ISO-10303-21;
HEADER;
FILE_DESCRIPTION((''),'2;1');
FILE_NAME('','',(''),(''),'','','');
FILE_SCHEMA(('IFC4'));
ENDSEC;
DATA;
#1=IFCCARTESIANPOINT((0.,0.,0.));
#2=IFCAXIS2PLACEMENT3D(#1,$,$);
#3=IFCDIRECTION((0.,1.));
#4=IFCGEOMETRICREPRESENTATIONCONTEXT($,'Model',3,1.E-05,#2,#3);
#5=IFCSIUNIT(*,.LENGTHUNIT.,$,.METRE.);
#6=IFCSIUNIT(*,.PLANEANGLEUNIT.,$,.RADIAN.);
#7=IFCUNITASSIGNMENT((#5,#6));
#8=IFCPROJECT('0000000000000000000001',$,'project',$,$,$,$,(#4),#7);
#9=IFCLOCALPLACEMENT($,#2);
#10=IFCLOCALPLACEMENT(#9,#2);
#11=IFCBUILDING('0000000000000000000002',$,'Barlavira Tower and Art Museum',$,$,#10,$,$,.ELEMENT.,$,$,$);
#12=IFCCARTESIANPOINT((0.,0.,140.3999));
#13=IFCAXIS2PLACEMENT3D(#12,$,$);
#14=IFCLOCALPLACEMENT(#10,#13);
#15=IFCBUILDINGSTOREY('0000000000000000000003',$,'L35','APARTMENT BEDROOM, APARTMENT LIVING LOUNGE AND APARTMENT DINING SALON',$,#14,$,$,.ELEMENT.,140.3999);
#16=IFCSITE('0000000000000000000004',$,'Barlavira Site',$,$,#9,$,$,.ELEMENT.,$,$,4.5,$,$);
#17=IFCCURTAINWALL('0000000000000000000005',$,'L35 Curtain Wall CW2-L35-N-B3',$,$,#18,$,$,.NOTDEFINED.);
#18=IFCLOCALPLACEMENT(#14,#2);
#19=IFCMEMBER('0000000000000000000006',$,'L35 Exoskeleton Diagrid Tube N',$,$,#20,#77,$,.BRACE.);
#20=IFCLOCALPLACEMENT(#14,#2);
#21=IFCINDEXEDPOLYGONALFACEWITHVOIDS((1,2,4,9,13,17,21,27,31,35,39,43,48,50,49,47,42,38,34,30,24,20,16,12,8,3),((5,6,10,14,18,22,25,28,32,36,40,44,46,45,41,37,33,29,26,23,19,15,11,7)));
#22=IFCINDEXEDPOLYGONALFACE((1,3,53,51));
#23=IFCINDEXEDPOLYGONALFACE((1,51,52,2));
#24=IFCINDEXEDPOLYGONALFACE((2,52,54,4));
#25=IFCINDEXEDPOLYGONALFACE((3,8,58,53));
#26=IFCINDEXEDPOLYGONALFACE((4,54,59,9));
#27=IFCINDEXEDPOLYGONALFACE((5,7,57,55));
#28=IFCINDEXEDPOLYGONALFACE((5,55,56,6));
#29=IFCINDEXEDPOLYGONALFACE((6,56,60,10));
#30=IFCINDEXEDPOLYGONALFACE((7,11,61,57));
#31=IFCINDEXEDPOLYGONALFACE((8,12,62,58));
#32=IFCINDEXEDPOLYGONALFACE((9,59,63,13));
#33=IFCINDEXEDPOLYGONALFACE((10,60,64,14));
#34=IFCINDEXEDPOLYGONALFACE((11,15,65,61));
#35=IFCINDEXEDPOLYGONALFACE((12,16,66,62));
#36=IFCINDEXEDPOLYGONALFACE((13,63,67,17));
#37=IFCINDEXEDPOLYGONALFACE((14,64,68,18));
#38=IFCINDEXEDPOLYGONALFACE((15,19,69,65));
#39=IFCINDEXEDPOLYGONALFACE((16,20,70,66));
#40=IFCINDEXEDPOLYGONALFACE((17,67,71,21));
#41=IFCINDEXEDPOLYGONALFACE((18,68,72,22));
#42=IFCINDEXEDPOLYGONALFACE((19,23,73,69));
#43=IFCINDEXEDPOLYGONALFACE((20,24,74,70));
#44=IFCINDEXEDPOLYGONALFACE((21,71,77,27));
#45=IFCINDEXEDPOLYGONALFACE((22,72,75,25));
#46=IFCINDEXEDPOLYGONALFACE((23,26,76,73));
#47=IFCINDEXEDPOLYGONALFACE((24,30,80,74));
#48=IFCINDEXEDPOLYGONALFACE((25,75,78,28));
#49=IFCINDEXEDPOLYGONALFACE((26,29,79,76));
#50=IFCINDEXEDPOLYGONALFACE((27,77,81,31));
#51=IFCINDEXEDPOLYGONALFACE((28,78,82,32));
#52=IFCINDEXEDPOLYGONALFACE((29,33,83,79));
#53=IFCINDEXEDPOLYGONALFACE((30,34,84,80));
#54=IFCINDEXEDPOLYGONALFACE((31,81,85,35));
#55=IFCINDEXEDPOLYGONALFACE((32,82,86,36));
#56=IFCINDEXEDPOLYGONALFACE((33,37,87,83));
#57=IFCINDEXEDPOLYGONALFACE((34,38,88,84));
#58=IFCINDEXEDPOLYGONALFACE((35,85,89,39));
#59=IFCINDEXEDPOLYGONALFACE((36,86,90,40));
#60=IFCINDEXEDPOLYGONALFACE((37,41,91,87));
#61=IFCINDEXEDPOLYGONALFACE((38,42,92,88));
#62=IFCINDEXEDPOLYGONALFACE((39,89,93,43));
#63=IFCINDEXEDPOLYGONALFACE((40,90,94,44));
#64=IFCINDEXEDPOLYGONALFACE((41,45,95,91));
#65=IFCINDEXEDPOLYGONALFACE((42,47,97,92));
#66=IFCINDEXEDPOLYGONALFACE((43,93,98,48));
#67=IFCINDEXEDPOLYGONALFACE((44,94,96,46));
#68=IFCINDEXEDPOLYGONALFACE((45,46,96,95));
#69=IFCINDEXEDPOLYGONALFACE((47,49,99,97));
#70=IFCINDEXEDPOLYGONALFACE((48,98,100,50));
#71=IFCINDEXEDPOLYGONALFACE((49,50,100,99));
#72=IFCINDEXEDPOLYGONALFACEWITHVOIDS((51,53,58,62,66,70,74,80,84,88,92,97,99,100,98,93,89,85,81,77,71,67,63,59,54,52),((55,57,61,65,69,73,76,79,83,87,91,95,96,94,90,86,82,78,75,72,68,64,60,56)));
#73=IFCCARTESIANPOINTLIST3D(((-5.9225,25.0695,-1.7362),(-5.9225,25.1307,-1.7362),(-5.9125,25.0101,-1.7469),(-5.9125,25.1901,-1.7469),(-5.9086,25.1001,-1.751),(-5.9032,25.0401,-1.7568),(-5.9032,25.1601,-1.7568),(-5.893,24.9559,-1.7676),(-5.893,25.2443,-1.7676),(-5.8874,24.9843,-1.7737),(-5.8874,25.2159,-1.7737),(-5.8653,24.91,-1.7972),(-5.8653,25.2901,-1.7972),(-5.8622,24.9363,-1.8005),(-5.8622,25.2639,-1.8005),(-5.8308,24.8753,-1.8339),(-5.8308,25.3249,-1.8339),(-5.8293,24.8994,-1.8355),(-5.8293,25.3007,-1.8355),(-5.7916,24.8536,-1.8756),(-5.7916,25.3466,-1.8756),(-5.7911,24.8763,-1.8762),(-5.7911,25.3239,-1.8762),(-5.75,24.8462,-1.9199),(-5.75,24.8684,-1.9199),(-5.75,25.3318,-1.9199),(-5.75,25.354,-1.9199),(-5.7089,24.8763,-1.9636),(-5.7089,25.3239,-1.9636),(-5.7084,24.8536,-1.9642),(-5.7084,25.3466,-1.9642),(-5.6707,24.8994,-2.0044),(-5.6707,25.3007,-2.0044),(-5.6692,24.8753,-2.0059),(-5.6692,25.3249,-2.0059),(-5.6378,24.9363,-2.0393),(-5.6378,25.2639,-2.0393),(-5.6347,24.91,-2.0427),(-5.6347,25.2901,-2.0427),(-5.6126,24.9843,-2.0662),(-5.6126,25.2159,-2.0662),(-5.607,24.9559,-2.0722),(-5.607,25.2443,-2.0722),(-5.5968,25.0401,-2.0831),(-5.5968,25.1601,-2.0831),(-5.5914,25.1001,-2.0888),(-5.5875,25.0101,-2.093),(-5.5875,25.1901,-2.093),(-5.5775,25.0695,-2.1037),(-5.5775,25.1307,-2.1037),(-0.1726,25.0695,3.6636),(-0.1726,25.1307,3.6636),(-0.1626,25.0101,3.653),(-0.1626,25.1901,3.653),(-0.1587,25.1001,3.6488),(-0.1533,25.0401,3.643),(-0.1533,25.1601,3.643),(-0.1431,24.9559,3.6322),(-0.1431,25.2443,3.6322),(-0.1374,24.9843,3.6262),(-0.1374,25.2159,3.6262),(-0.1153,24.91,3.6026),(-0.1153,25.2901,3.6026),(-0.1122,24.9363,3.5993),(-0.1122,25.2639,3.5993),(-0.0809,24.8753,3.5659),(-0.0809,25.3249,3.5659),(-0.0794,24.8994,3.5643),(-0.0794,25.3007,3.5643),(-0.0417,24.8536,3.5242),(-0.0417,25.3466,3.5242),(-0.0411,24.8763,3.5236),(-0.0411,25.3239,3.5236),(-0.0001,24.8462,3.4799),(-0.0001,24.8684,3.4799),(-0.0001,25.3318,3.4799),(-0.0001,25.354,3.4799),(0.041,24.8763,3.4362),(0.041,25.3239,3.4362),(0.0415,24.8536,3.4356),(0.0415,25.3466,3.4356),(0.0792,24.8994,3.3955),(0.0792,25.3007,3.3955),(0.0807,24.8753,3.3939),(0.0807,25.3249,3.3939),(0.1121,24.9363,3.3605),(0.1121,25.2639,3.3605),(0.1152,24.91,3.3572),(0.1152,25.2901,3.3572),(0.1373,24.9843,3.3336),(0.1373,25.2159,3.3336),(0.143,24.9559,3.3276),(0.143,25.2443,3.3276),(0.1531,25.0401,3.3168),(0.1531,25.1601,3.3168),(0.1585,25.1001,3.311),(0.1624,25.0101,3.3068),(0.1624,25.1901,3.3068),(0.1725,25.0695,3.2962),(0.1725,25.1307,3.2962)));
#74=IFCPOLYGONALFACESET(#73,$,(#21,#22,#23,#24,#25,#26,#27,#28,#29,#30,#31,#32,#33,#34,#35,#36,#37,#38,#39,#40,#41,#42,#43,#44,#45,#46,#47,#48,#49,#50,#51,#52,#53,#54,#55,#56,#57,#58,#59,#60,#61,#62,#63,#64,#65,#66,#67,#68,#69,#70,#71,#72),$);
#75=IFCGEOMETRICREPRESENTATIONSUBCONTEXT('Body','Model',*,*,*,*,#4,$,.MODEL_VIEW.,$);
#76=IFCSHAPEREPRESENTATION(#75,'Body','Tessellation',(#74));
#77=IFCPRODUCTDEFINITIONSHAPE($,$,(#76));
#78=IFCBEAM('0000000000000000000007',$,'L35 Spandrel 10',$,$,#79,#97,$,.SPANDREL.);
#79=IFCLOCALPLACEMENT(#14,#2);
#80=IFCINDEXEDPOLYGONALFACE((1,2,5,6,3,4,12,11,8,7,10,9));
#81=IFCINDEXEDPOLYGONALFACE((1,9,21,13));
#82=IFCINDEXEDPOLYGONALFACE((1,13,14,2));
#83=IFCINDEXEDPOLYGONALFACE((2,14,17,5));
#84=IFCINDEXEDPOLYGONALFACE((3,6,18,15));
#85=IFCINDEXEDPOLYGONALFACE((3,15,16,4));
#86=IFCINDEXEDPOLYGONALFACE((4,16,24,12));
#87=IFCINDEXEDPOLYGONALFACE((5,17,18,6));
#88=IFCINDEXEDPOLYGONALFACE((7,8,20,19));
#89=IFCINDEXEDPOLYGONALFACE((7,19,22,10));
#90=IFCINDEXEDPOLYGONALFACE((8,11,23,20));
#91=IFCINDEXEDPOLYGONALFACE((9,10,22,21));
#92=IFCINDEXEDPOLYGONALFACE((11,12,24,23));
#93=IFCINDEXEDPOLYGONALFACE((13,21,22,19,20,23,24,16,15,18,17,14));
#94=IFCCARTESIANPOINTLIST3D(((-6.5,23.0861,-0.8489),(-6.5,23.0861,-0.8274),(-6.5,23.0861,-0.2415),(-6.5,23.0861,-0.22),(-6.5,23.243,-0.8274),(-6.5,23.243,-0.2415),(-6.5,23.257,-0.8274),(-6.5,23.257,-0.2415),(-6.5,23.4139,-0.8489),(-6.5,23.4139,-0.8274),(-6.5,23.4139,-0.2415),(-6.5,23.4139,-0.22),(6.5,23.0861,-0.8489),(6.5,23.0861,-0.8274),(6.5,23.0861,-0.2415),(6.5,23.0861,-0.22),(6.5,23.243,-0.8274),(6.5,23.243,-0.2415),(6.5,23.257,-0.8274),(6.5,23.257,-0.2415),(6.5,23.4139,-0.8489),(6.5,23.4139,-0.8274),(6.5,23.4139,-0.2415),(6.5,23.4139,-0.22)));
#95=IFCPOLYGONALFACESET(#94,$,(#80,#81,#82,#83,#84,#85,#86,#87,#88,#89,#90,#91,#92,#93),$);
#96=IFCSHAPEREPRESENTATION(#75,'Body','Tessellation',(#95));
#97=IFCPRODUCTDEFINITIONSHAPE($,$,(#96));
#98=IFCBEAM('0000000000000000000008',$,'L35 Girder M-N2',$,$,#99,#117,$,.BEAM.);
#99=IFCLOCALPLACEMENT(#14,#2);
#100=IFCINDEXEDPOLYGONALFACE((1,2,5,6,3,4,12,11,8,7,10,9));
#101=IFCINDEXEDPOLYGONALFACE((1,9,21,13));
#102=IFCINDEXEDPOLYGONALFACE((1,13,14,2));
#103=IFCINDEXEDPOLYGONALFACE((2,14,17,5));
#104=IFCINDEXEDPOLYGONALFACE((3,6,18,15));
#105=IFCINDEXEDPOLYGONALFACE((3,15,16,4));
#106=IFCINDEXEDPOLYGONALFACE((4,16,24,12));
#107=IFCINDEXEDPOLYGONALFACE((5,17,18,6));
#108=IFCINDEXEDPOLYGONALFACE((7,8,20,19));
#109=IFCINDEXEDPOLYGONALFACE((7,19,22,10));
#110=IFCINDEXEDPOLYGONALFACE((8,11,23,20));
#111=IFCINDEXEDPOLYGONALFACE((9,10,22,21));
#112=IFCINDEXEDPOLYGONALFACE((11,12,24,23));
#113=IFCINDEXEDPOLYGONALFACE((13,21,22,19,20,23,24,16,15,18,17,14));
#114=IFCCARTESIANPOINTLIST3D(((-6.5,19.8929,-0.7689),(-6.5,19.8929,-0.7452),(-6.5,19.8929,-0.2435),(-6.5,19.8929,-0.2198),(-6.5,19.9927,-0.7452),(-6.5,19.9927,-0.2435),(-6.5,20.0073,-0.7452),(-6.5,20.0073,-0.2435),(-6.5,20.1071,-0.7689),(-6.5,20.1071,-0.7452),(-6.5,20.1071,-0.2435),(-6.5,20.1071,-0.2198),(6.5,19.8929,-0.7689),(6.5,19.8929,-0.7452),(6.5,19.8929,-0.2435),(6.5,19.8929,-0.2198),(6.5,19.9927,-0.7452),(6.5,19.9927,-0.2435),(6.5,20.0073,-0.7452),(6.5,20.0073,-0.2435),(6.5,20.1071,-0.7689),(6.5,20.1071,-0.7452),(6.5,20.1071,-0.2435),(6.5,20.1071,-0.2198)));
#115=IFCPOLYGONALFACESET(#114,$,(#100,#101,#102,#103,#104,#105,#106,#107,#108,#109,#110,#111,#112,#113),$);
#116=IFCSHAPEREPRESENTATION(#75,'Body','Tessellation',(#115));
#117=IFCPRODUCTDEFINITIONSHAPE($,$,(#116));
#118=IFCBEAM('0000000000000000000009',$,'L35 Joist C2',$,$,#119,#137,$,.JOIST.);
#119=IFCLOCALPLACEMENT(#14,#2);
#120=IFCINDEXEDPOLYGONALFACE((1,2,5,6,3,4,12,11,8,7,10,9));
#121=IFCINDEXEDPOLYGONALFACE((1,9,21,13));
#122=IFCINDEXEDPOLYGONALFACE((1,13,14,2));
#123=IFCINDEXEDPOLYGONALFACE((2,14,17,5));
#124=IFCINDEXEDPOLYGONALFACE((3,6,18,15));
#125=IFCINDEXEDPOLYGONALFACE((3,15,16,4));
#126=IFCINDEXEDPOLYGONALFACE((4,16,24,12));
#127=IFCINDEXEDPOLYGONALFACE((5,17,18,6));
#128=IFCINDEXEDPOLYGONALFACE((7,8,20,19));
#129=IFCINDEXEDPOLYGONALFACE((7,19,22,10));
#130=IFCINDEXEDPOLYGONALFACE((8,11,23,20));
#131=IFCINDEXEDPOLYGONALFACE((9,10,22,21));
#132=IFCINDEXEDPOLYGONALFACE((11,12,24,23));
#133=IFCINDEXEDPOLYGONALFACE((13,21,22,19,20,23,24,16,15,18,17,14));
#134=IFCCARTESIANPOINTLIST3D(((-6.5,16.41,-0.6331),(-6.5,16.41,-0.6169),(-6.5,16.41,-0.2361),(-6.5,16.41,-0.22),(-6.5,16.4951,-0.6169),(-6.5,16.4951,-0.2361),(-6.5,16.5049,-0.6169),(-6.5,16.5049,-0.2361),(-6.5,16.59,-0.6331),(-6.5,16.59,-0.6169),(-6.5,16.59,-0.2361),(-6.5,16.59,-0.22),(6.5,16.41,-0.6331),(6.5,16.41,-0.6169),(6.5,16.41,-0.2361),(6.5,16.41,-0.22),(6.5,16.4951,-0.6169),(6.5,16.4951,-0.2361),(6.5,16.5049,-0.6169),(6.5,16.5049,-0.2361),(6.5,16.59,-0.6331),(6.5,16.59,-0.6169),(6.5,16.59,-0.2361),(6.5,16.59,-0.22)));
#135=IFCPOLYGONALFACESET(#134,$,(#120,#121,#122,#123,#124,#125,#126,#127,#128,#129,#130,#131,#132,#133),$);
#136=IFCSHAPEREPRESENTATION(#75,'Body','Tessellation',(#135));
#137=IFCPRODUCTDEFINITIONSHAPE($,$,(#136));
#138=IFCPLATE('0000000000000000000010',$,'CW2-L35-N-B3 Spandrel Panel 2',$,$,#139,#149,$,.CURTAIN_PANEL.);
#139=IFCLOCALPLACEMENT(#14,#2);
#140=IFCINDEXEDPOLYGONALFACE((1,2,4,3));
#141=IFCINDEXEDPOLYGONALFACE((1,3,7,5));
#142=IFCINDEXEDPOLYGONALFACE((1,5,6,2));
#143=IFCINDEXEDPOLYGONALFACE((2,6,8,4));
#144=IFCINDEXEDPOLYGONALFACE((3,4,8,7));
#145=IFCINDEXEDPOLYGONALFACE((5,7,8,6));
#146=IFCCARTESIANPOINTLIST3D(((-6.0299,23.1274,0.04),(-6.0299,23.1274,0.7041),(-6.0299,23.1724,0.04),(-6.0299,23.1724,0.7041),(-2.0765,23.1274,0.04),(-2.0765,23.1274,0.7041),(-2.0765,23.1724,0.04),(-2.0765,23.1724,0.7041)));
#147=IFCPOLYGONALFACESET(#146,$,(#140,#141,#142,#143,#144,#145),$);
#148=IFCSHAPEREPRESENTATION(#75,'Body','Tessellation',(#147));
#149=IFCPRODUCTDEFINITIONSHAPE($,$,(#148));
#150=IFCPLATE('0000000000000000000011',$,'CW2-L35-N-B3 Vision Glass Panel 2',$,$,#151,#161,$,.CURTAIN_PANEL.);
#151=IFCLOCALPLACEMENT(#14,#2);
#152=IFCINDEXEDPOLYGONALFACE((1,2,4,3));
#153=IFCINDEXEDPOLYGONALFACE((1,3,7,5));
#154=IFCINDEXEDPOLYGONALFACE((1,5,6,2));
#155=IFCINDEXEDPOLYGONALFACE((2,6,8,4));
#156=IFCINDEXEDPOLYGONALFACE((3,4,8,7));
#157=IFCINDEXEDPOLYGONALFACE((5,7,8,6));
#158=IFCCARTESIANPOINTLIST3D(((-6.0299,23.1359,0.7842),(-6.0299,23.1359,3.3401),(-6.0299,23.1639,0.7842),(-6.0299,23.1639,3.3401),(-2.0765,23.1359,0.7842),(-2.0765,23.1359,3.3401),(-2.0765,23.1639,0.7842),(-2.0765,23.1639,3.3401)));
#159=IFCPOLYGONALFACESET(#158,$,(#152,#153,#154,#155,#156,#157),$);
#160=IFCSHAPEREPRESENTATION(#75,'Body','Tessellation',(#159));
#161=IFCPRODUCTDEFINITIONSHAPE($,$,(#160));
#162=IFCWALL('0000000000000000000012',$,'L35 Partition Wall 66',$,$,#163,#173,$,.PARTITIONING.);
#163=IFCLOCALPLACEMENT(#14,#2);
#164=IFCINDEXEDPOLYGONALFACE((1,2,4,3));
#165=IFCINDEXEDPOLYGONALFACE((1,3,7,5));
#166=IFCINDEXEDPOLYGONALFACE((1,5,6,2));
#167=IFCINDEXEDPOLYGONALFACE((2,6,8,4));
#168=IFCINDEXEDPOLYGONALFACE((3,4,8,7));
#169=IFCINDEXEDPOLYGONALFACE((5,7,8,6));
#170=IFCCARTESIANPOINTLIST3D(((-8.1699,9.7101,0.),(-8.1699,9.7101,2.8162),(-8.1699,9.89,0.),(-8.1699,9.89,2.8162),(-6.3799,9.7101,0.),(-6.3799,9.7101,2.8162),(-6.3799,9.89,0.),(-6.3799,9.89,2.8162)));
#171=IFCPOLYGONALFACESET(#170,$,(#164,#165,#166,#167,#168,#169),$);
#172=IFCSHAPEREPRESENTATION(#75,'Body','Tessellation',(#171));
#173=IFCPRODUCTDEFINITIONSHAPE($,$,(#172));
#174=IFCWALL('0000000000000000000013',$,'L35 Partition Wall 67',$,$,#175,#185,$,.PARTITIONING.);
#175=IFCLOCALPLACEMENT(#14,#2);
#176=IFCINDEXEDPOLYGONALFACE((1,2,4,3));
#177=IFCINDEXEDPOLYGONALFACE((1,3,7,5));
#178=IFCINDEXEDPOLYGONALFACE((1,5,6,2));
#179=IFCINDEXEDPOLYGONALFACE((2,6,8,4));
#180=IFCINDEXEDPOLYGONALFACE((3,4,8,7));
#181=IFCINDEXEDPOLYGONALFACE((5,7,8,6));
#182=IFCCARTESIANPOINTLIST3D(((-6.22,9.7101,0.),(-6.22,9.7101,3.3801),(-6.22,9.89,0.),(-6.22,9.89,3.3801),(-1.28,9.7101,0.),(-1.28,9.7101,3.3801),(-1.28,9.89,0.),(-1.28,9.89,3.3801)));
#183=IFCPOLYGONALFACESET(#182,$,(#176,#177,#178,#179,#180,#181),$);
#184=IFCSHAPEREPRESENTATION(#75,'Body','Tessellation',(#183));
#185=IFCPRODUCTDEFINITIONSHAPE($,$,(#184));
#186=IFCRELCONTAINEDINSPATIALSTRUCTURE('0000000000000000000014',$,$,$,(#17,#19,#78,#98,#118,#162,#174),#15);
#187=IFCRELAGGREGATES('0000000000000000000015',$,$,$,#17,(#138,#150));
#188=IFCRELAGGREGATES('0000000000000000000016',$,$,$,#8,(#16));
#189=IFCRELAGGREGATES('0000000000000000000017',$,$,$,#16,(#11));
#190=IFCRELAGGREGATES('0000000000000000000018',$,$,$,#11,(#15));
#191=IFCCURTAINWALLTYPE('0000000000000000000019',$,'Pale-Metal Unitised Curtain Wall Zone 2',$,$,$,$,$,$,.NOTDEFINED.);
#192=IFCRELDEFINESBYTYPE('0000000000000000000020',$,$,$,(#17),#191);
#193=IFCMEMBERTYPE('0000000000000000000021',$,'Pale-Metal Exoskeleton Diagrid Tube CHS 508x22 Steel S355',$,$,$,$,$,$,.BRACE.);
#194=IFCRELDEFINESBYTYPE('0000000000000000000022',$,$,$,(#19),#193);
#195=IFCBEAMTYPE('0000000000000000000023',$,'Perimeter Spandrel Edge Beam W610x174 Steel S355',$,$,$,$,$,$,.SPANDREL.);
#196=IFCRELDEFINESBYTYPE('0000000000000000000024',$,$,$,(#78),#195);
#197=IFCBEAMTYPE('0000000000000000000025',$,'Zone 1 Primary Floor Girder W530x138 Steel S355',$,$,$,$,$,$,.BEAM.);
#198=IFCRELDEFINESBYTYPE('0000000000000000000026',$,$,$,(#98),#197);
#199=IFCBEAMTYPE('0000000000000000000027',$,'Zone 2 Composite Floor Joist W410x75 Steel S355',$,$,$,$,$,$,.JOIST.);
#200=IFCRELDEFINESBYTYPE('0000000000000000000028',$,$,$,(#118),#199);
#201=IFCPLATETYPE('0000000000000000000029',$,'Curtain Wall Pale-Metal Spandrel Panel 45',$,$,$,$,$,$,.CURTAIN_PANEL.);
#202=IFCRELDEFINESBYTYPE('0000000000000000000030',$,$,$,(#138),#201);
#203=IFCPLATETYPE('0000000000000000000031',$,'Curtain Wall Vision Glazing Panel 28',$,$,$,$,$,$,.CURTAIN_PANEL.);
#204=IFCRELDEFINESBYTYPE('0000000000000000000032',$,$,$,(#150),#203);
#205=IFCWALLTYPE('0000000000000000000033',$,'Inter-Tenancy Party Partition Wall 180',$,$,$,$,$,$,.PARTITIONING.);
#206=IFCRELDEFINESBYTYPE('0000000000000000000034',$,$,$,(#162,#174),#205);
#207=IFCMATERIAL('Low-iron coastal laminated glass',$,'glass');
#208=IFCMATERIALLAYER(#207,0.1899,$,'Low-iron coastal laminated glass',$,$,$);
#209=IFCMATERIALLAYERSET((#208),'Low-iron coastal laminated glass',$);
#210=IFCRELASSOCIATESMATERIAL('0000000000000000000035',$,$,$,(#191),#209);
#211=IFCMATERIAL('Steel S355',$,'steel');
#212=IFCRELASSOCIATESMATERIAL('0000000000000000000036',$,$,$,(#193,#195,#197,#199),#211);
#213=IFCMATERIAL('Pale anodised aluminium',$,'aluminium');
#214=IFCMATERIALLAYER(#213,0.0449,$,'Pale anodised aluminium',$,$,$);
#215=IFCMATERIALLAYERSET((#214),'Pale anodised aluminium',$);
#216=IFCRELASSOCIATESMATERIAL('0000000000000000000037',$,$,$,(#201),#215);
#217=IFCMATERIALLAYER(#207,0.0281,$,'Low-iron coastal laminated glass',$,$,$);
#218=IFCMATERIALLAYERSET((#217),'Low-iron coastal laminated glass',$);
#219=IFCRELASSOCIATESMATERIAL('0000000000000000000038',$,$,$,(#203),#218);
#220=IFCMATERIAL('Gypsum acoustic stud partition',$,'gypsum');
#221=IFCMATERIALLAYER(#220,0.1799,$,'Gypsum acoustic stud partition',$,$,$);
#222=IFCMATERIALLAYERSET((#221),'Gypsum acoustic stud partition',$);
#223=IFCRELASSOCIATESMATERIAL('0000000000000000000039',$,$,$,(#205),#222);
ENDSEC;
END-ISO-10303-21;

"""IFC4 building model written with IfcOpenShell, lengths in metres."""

from ifc_helpers import new_model, si_unit, direction, frame, frame_2d, origin, origin_2d, place, context, subcontext, project, spatial, rectangle, hollow_circle, i_section, extrude, material, layer, layer_set, material_profile, profile_set, type_object, element, aggregate, save


model = new_model("IFC4")

# Units and contexts
model_context = context("Model", 3, precision=1e-05, world=origin(), true_north=direction((0.0, 1.0)))
body_context = subcontext(model_context, "Body", "Model", "MODEL_VIEW")
ifc_project = project(units=[si_unit("LENGTHUNIT", "METRE"), si_unit("PLANEANGLEUNIT", "RADIAN")], contexts=[model_context])

# Site, building, storey
site_placement = place(None, origin())
site = spatial("IfcSite", under=ifc_project, at=site_placement, Name="Barlavira Site", CompositionType="ELEMENT", RefElevation=4.5)
building_placement = place(site_placement, origin())
building = spatial("IfcBuilding", under=site, at=building_placement, Name="Barlavira Tower and Art Museum", CompositionType="ELEMENT")
storey_placement = place(building_placement, frame((0.0, 0.0, 140.3999)))
storey = spatial("IfcBuildingStorey", under=building, at=storey_placement, Name="L35", Description="APARTMENT BEDROOM, APARTMENT LIVING LOUNGE AND APARTMENT DINING SALON", CompositionType="ELEMENT", Elevation=140.3999)

# Curtain wall
ifc_material_1 = material(Name="Low-iron coastal laminated glass", Category="glass")
ifc_layer_1 = layer(ifc_material_1, 0.1899, Name="Low-iron coastal laminated glass")
ifc_layer_set_1 = layer_set([ifc_layer_1], Name="Low-iron coastal laminated glass")
curtain_wall_type = type_object("IfcCurtainWallType", Name="Pale-Metal Unitised Curtain Wall Zone 2", PredefinedType="NOTDEFINED", material=ifc_layer_set_1)
curtain_wall_placement = place(storey_placement, origin())
curtain_wall = element("IfcCurtainWall", 1, at=curtain_wall_placement, inside=storey, type_object=curtain_wall_type, Name="L35 Curtain Wall CW2-L35-N-B3", PredefinedType="NOTDEFINED")
ifc_material_2 = material(Name="Pale anodised aluminium", Category="aluminium")

# Member
ifc_material_3 = material(Name="Steel S355", Category="steel")
ifc_material_profile_1 = material_profile(ifc_material_3, hollow_circle(Radius=0.2539, WallThickness=0.0222, at=origin_2d()), Name="CHS 508.0x22.2")
ifc_profile_set_1 = profile_set([ifc_material_profile_1], Name="Steel S355")
member_type_1 = type_object("IfcMemberType", Name="Pale-Metal Exoskeleton Diagrid Tube CHS 508x22 Steel S355", PredefinedType="BRACE", material=ifc_profile_set_1)
for number, where, z_axis, x_axis, name in (
    (2, (-5.75, 25.1001, -1.9199), (0.72895, 0.0, 0.684567), (0.0, 1.0, 0.0), "L35 Exoskeleton Diagrid Tube N"),
):
    element("IfcMember", number, at=place(storey_placement, frame(where, z_axis=z_axis, x_axis=x_axis)), inside=storey, type_object=member_type_1, Name=name, PredefinedType="BRACE", context=body_context, shape_type="SweptSolid", body=[
        extrude(hollow_circle(Radius=0.2539, WallThickness=0.0222, at=origin_2d()), origin(), (0.0, 0.0, 1.0), 7.8879),
    ])

# Beams
ifc_material_profile_2 = material_profile(ifc_material_3, i_section(OverallWidth=0.3279, OverallDepth=0.6289, WebThickness=0.0139, FlangeThickness=0.0215, at=origin_2d()), Name="W610x174.0")
ifc_profile_set_2 = profile_set([ifc_material_profile_2], Name="Steel S355")
beam_type_1 = type_object("IfcBeamType", Name="Perimeter Spandrel Edge Beam W610x174 Steel S355", PredefinedType="SPANDREL", material=ifc_profile_set_2)
beam_1_placement = place(storey_placement, frame((-6.5, 23.25, -0.5344), z_axis=(1.0, 0.0, 0.0), x_axis=(0.0, 1.0, 0.0)))
element("IfcBeam", 3, at=beam_1_placement, inside=storey, type_object=beam_type_1, Name="L35 Spandrel 10", PredefinedType="SPANDREL", context=body_context, shape_type="SweptSolid", body=[
    extrude(i_section(OverallWidth=0.3279, OverallDepth=0.6289, WebThickness=0.0139, FlangeThickness=0.0215, at=origin_2d()), origin(), (0.0, 0.0, 1.0), 13.0),
])
ifc_material_profile_3 = material_profile(ifc_material_3, i_section(OverallWidth=0.2141, OverallDepth=0.5491, WebThickness=0.0146, FlangeThickness=0.0237, at=origin_2d()), Name="W530x138.0")
ifc_profile_set_3 = profile_set([ifc_material_profile_3], Name="Steel S355")
beam_type_2 = type_object("IfcBeamType", Name="Zone 1 Primary Floor Girder W530x138 Steel S355", PredefinedType="BEAM", material=ifc_profile_set_3)
beam_2_placement = place(storey_placement, frame((-6.5, 20.0, -0.4944), z_axis=(1.0, 0.0, 0.0), x_axis=(0.0, 1.0, 0.0)))
element("IfcBeam", 4, at=beam_2_placement, inside=storey, type_object=beam_type_2, Name="L35 Girder M-N2", PredefinedType="BEAM", context=body_context, shape_type="SweptSolid", body=[
    extrude(i_section(OverallWidth=0.2141, OverallDepth=0.5491, WebThickness=0.0146, FlangeThickness=0.0237, at=origin_2d()), origin(), (0.0, 0.0, 1.0), 13.0),
])
ifc_material_profile_4 = material_profile(ifc_material_3, i_section(OverallWidth=0.1799, OverallDepth=0.4131, WebThickness=0.0098, FlangeThickness=0.0161, at=origin_2d()), Name="W410x75.0")
ifc_profile_set_4 = profile_set([ifc_material_profile_4], Name="Steel S355")
beam_type_3 = type_object("IfcBeamType", Name="Zone 2 Composite Floor Joist W410x75 Steel S355", PredefinedType="JOIST", material=ifc_profile_set_4)
beam_3_placement = place(storey_placement, frame((-6.5, 16.5, -0.4265), z_axis=(1.0, 0.0, 0.0), x_axis=(0.0, 1.0, 0.0)))
element("IfcBeam", 5, at=beam_3_placement, inside=storey, type_object=beam_type_3, Name="L35 Joist C2", PredefinedType="JOIST", context=body_context, shape_type="SweptSolid", body=[
    extrude(i_section(OverallWidth=0.1799, OverallDepth=0.4131, WebThickness=0.0098, FlangeThickness=0.0161, at=origin_2d()), origin(), (0.0, 0.0, 1.0), 13.0),
])

# Plates
ifc_layer_2 = layer(ifc_material_2, 0.0449, Name="Pale anodised aluminium")
ifc_layer_set_2 = layer_set([ifc_layer_2], Name="Pale anodised aluminium")
plate_type_1 = type_object("IfcPlateType", Name="Curtain Wall Pale-Metal Spandrel Panel 45", PredefinedType="CURTAIN_PANEL", material=ifc_layer_set_2)
plate_1_placement = place(storey_placement, frame((-4.0532, 23.1499, 0.04), z_axis=(0.0, 0.0, 1.0), x_axis=(-1.0, 0.0, 0.0)))
plate_1 = element("IfcPlate", 6, at=plate_1_placement, type_object=plate_type_1, Name="CW2-L35-N-B3 Spandrel Panel 2", PredefinedType="CURTAIN_PANEL", context=body_context, shape_type="SweptSolid", body=[
    extrude(rectangle(XDim=3.9534, YDim=0.0449, at=origin_2d()), origin(), (0.0, 0.0, 1.0), 0.6641),
])
ifc_layer_3 = layer(ifc_material_1, 0.0281, Name="Low-iron coastal laminated glass")
ifc_layer_set_3 = layer_set([ifc_layer_3], Name="Low-iron coastal laminated glass")
plate_type_2 = type_object("IfcPlateType", Name="Curtain Wall Vision Glazing Panel 28", PredefinedType="CURTAIN_PANEL", material=ifc_layer_set_3)
plate_2_placement = place(storey_placement, frame((-4.0532, 23.1499, 0.7842), z_axis=(0.0, 0.0, 1.0), x_axis=(-1.0, 0.0, 0.0)))
plate_2 = element("IfcPlate", 7, at=plate_2_placement, type_object=plate_type_2, Name="CW2-L35-N-B3 Vision Glass Panel 2", PredefinedType="CURTAIN_PANEL", context=body_context, shape_type="SweptSolid", body=[
    extrude(rectangle(XDim=3.9534, YDim=0.0281, at=origin_2d()), origin(), (0.0, 0.0, 1.0), 2.5559),
])
aggregate(curtain_wall, [plate_1, plate_2])

# Walls
ifc_material_4 = material(Name="Gypsum acoustic stud partition", Category="gypsum")
ifc_layer_4 = layer(ifc_material_4, 0.1799, Name="Gypsum acoustic stud partition")
ifc_layer_set_4 = layer_set([ifc_layer_4], Name="Gypsum acoustic stud partition")
wall_type_1 = type_object("IfcWallType", Name="Inter-Tenancy Party Partition Wall 180", PredefinedType="PARTITIONING", material=ifc_layer_set_4)
wall_1_placement = place(storey_placement, frame((-8.1699, 9.8, 0.0), z_axis=(0.0, 0.0, 1.0), x_axis=(1.0, 0.0, 0.0)))
element("IfcWall", 8, at=wall_1_placement, inside=storey, type_object=wall_type_1, Name="L35 Partition Wall 66", PredefinedType="PARTITIONING", context=body_context, shape_type="SweptSolid", body=[
    extrude(rectangle(XDim=1.79, YDim=0.1799, at=frame_2d((0.895, 0.0))), origin(), (0.0, 0.0, 1.0), 2.8162),
])
wall_2_placement = place(storey_placement, frame((-6.22, 9.8, 0.0), z_axis=(0.0, 0.0, 1.0), x_axis=(1.0, 0.0, 0.0)))
element("IfcWall", 9, at=wall_2_placement, inside=storey, type_object=wall_type_1, Name="L35 Partition Wall 67", PredefinedType="PARTITIONING", context=body_context, shape_type="SweptSolid", body=[
    extrude(rectangle(XDim=4.9399, YDim=0.1799, at=frame_2d((2.47, 0.0))), origin(), (0.0, 0.0, 1.0), 3.3801),
])

save(model, "model.ifc")
